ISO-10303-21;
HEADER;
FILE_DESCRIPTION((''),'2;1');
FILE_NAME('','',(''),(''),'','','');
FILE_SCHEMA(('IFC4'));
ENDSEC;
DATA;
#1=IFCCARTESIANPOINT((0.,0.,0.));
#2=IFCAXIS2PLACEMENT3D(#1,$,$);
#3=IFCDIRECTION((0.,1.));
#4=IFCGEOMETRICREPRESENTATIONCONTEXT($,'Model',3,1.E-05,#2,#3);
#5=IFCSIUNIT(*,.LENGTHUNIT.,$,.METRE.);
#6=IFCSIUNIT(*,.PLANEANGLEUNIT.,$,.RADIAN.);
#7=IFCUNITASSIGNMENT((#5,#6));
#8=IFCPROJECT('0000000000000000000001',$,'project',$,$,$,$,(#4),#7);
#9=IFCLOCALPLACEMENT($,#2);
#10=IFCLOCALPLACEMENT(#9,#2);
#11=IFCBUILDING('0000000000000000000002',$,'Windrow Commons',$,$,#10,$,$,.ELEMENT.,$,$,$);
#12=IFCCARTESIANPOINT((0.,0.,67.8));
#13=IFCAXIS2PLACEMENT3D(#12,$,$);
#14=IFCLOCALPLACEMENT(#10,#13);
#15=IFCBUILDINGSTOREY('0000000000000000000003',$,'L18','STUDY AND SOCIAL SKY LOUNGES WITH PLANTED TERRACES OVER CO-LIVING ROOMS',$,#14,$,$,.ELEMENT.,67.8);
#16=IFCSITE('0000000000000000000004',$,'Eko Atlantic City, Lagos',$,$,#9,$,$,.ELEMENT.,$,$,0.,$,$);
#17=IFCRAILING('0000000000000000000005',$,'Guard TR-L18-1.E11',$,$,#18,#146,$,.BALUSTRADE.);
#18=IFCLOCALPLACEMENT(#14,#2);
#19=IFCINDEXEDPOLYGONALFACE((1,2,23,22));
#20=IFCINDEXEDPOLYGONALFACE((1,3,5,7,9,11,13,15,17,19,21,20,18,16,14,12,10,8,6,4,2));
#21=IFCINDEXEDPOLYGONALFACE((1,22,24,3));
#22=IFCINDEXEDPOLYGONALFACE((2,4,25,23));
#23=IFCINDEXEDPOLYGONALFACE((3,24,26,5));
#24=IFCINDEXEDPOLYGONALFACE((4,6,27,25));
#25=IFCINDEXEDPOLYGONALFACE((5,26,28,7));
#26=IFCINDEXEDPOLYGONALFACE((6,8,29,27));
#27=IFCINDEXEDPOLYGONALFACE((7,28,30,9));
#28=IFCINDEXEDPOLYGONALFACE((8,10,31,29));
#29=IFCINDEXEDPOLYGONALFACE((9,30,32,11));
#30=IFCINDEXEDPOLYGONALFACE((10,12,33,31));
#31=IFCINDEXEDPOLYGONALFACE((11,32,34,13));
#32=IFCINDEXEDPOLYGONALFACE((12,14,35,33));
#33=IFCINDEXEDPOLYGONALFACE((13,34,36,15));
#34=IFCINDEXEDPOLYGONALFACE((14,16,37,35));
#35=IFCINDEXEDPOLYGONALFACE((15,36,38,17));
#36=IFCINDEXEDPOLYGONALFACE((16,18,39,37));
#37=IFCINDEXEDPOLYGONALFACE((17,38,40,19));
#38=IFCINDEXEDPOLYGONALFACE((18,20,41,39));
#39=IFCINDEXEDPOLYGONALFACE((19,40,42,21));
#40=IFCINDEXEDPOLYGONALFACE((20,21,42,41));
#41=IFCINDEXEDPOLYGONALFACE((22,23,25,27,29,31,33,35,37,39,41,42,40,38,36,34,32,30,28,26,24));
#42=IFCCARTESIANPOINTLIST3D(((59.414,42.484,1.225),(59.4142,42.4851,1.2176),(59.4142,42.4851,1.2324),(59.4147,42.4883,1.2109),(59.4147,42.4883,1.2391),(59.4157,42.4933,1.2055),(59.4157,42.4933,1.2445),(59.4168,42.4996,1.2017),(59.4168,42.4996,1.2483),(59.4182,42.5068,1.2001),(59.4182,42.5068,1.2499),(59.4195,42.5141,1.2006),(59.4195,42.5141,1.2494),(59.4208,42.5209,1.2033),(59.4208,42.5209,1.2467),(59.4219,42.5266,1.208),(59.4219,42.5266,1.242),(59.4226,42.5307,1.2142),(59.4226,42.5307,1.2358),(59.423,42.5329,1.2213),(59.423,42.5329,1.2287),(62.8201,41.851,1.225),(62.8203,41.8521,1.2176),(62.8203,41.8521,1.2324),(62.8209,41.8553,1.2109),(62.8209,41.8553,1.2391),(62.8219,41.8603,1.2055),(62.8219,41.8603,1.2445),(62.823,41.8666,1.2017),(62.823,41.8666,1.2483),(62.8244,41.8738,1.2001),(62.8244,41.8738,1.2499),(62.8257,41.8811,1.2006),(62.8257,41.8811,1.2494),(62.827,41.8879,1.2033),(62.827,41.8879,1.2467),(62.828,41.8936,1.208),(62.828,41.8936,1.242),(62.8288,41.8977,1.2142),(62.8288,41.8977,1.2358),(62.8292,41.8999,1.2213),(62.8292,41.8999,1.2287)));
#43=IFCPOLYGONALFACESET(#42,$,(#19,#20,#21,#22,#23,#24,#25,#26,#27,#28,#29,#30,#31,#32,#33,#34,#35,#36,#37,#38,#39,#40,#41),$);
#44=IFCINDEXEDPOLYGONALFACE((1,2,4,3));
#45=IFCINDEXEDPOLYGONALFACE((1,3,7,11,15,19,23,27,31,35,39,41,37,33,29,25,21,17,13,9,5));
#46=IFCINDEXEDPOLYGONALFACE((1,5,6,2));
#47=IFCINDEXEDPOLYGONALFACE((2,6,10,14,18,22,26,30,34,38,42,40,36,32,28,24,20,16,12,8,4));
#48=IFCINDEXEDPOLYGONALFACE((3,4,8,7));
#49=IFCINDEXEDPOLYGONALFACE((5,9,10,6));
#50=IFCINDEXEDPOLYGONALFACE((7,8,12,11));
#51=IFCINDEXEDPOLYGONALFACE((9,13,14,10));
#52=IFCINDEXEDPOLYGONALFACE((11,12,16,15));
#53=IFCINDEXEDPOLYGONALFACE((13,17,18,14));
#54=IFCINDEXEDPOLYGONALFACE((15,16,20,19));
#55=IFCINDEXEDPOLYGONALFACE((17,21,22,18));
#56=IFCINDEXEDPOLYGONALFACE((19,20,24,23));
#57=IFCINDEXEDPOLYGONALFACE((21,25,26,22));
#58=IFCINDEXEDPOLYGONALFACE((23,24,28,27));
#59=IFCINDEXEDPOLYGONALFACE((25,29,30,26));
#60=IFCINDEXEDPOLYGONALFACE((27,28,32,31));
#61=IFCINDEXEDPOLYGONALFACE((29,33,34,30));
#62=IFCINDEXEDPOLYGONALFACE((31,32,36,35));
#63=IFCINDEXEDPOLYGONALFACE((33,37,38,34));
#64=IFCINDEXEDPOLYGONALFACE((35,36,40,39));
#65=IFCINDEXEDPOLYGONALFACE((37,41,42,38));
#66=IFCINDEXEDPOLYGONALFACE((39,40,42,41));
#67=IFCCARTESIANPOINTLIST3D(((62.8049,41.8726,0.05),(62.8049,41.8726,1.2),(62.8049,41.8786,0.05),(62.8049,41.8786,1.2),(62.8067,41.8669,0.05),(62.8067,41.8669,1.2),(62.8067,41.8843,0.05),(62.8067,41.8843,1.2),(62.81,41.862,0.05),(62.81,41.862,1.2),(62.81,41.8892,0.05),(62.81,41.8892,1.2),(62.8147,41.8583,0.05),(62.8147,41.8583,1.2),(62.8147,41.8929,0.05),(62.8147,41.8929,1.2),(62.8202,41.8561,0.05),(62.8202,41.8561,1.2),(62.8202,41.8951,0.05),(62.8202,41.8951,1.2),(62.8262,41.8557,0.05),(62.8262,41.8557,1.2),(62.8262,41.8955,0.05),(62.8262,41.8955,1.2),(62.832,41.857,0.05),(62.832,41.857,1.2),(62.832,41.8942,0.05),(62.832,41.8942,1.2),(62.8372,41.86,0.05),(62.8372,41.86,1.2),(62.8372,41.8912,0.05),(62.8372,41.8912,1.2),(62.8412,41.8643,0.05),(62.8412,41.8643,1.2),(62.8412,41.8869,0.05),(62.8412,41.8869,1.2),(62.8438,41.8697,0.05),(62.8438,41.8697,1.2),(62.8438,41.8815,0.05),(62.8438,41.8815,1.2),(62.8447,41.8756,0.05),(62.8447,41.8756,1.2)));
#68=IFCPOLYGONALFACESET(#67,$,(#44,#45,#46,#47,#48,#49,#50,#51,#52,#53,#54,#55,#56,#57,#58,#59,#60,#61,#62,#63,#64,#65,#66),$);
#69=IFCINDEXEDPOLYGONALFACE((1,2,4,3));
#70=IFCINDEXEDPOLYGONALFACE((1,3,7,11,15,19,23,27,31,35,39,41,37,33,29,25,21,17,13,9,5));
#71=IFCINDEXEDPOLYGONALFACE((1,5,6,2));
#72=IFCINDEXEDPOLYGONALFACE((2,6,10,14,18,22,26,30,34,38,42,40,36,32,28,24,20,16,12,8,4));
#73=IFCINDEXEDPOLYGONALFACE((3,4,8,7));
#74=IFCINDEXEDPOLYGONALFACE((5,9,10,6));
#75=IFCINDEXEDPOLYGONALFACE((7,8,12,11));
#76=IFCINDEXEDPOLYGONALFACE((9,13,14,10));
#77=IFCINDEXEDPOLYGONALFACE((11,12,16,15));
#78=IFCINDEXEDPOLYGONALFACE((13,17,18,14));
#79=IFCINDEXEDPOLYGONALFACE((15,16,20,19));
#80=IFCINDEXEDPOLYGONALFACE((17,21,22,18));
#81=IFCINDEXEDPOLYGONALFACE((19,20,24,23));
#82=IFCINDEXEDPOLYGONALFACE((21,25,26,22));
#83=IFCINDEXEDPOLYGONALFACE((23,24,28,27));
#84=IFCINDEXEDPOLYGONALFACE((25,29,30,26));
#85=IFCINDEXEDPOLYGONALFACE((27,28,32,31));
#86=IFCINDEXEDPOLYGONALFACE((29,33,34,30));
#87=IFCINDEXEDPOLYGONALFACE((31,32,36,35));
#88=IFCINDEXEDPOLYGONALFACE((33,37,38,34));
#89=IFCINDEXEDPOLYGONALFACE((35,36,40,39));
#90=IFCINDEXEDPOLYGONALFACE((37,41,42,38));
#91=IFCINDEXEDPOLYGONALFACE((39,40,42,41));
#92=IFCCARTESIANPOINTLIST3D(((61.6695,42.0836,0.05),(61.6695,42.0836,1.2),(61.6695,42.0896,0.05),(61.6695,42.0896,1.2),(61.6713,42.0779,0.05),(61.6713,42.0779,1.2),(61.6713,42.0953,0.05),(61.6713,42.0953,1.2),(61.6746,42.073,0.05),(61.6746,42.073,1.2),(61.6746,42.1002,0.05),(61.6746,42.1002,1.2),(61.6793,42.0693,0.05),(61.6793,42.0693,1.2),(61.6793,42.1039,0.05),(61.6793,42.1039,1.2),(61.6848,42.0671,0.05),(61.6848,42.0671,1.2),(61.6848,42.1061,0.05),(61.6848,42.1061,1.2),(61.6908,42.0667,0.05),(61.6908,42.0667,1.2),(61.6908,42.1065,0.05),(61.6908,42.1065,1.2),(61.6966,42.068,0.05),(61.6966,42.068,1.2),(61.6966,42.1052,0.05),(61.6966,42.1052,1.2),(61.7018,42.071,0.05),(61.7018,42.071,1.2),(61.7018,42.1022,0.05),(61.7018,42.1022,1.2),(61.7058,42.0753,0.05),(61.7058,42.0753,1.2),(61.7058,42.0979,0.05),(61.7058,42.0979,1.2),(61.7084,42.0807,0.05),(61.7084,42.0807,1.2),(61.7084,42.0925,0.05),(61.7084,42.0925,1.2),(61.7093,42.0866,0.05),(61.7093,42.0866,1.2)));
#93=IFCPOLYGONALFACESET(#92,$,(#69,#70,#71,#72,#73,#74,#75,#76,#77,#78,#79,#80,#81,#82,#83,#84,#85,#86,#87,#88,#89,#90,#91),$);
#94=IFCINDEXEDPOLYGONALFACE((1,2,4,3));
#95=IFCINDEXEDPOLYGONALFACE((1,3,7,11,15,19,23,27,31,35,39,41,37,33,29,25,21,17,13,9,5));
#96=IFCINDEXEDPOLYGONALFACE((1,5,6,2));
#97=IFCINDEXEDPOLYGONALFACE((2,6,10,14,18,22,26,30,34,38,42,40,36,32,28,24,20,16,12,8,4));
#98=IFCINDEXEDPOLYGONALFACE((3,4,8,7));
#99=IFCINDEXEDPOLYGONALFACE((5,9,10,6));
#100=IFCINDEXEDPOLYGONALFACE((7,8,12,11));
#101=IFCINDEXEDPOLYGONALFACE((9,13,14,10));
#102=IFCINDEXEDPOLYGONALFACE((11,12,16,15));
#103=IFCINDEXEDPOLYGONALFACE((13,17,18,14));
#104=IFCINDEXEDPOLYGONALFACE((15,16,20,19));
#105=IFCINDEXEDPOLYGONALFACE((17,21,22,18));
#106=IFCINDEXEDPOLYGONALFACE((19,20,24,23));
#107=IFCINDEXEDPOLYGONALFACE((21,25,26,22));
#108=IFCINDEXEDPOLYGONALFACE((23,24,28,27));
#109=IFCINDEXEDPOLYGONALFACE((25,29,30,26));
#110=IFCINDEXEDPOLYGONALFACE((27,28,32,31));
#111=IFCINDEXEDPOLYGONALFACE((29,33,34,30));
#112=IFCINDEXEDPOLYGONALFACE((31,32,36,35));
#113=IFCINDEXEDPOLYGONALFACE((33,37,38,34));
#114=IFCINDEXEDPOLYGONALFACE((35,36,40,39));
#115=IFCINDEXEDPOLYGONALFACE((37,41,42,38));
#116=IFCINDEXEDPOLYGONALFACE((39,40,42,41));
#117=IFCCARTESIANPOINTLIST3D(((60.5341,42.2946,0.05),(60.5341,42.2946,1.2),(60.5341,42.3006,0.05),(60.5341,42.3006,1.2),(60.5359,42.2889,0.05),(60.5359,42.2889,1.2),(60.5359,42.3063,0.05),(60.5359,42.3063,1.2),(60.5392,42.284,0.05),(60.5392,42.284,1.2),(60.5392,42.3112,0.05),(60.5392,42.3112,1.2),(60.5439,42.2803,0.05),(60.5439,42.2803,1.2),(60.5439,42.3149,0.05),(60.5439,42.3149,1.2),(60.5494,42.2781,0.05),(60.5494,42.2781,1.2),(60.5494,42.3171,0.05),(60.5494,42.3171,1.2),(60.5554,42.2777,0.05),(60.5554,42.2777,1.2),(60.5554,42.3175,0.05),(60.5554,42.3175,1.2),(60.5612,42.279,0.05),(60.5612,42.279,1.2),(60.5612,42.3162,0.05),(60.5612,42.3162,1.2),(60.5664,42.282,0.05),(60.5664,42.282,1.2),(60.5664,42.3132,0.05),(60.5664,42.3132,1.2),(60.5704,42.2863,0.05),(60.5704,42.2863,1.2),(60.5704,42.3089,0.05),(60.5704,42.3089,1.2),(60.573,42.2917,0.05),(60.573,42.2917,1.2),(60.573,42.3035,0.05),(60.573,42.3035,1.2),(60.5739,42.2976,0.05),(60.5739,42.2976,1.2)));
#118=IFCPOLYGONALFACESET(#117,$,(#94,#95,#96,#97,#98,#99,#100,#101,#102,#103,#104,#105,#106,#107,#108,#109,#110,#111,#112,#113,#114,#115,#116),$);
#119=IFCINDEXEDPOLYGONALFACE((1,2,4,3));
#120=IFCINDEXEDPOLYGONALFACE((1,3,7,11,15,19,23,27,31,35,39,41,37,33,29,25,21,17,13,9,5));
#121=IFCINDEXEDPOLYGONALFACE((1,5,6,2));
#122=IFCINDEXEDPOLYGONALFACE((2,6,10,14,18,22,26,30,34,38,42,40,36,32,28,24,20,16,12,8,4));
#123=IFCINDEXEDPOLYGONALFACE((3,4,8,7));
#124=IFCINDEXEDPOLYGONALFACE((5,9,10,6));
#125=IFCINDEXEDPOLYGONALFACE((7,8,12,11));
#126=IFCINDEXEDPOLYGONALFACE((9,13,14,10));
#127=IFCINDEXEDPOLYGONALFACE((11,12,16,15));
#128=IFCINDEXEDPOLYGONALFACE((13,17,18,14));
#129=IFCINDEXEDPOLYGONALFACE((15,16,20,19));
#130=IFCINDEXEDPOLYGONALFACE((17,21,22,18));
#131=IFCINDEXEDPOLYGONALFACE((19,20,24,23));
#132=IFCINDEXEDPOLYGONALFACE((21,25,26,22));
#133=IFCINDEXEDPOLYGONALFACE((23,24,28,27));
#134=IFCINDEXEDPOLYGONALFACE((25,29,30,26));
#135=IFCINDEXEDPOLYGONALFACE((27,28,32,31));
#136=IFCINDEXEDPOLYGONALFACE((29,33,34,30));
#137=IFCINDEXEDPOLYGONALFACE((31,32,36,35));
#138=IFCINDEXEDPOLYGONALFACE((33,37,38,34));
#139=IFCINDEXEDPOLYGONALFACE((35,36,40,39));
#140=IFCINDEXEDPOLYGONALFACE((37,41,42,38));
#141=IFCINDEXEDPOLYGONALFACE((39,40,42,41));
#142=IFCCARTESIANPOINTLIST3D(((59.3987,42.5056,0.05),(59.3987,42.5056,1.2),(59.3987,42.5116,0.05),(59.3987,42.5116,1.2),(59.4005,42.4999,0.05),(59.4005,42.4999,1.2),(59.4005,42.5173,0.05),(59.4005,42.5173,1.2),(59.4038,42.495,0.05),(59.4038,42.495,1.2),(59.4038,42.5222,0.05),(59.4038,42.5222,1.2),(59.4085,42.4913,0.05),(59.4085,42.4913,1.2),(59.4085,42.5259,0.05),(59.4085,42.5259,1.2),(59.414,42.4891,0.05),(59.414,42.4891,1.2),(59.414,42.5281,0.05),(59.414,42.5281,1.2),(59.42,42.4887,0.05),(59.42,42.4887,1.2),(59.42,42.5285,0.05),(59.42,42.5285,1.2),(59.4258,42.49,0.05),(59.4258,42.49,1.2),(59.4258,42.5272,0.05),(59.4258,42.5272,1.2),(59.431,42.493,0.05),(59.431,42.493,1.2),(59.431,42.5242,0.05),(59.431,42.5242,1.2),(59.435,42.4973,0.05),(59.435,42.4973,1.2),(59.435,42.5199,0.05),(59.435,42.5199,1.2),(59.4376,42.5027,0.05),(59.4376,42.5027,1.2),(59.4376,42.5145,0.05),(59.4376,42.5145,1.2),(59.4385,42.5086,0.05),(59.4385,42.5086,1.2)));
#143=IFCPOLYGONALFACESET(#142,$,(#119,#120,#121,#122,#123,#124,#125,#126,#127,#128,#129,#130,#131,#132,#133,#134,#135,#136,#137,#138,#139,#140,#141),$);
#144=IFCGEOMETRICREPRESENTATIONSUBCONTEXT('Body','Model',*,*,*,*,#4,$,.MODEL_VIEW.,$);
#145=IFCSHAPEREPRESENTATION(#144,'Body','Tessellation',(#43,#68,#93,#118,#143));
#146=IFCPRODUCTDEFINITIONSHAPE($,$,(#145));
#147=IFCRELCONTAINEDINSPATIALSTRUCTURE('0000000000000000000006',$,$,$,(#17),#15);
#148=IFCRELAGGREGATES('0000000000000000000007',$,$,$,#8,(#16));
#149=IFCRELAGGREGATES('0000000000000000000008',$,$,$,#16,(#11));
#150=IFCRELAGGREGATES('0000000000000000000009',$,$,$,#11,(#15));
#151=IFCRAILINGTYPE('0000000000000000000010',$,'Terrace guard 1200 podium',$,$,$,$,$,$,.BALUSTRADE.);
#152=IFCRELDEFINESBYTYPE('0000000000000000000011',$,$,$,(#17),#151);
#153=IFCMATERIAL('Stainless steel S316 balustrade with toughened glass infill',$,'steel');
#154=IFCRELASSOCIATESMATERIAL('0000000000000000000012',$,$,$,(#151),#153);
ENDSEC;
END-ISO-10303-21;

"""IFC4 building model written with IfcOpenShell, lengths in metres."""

from ifc_helpers import new_model, si_unit, direction, frame, origin, origin_2d, place, context, subcontext, project, spatial, circle, extrude, material, type_object, element, save


model = new_model("IFC4")

# Units and contexts
model_context = context("Model", 3, precision=1e-05, world=origin(), true_north=direction((0.0, 1.0)))
body_context = subcontext(model_context, "Body", "Model", "MODEL_VIEW")
ifc_project = project(units=[si_unit("LENGTHUNIT", "METRE"), si_unit("PLANEANGLEUNIT", "RADIAN")], contexts=[model_context])

# Site, building, storey
site_placement = place(None, origin())
site = spatial("IfcSite", under=ifc_project, at=site_placement, Name="Eko Atlantic City, Lagos", CompositionType="ELEMENT", RefElevation=0.0)
building_placement = place(site_placement, origin())
building = spatial("IfcBuilding", under=site, at=building_placement, Name="Windrow Commons", CompositionType="ELEMENT")
storey_placement = place(building_placement, frame((0.0, 0.0, 67.8)))
storey = spatial("IfcBuildingStorey", under=building, at=storey_placement, Name="L18", Description="STUDY AND SOCIAL SKY LOUNGES WITH PLANTED TERRACES OVER CO-LIVING ROOMS", CompositionType="ELEMENT", Elevation=67.8)

# Railing
ifc_material_1 = material(Name="Stainless steel S316 balustrade with toughened glass infill", Category="steel")
railing_type = type_object("IfcRailingType", Name="Terrace guard 1200 podium", PredefinedType="BALUSTRADE", material=ifc_material_1)
railing_1_placement = place(storey_placement, frame((62.8247, 41.8756, 0.05)))
element("IfcRailing", 1, at=railing_1_placement, inside=storey, type_object=railing_type, Name="Guard TR-L18-1.E11", PredefinedType="BALUSTRADE", context=body_context, shape_type="SweptSolid", body=[
    extrude(circle(Radius=0.025, at=origin_2d()), frame((0.0, 0.0, 1.175), z_axis=(-0.983167, 0.182709, 0.0), x_axis=(-0.182709, -0.983167, 0.0)), (0.0, 0.0, 1.0), 3.4645),
    extrude(circle(Radius=0.02, at=origin_2d()), origin(), (0.0, 0.0, 1.0), 1.15),
    extrude(circle(Radius=0.02, at=origin_2d()), frame((-1.1354, 0.211, 0.0)), (0.0, 0.0, 1.0), 1.15),
    extrude(circle(Radius=0.02, at=origin_2d()), frame((-2.2708, 0.422, 0.0)), (0.0, 0.0, 1.0), 1.15),
    extrude(circle(Radius=0.02, at=origin_2d()), frame((-3.4062, 0.633, 0.0)), (0.0, 0.0, 1.0), 1.15),
])

save(model, "model.ifc")
